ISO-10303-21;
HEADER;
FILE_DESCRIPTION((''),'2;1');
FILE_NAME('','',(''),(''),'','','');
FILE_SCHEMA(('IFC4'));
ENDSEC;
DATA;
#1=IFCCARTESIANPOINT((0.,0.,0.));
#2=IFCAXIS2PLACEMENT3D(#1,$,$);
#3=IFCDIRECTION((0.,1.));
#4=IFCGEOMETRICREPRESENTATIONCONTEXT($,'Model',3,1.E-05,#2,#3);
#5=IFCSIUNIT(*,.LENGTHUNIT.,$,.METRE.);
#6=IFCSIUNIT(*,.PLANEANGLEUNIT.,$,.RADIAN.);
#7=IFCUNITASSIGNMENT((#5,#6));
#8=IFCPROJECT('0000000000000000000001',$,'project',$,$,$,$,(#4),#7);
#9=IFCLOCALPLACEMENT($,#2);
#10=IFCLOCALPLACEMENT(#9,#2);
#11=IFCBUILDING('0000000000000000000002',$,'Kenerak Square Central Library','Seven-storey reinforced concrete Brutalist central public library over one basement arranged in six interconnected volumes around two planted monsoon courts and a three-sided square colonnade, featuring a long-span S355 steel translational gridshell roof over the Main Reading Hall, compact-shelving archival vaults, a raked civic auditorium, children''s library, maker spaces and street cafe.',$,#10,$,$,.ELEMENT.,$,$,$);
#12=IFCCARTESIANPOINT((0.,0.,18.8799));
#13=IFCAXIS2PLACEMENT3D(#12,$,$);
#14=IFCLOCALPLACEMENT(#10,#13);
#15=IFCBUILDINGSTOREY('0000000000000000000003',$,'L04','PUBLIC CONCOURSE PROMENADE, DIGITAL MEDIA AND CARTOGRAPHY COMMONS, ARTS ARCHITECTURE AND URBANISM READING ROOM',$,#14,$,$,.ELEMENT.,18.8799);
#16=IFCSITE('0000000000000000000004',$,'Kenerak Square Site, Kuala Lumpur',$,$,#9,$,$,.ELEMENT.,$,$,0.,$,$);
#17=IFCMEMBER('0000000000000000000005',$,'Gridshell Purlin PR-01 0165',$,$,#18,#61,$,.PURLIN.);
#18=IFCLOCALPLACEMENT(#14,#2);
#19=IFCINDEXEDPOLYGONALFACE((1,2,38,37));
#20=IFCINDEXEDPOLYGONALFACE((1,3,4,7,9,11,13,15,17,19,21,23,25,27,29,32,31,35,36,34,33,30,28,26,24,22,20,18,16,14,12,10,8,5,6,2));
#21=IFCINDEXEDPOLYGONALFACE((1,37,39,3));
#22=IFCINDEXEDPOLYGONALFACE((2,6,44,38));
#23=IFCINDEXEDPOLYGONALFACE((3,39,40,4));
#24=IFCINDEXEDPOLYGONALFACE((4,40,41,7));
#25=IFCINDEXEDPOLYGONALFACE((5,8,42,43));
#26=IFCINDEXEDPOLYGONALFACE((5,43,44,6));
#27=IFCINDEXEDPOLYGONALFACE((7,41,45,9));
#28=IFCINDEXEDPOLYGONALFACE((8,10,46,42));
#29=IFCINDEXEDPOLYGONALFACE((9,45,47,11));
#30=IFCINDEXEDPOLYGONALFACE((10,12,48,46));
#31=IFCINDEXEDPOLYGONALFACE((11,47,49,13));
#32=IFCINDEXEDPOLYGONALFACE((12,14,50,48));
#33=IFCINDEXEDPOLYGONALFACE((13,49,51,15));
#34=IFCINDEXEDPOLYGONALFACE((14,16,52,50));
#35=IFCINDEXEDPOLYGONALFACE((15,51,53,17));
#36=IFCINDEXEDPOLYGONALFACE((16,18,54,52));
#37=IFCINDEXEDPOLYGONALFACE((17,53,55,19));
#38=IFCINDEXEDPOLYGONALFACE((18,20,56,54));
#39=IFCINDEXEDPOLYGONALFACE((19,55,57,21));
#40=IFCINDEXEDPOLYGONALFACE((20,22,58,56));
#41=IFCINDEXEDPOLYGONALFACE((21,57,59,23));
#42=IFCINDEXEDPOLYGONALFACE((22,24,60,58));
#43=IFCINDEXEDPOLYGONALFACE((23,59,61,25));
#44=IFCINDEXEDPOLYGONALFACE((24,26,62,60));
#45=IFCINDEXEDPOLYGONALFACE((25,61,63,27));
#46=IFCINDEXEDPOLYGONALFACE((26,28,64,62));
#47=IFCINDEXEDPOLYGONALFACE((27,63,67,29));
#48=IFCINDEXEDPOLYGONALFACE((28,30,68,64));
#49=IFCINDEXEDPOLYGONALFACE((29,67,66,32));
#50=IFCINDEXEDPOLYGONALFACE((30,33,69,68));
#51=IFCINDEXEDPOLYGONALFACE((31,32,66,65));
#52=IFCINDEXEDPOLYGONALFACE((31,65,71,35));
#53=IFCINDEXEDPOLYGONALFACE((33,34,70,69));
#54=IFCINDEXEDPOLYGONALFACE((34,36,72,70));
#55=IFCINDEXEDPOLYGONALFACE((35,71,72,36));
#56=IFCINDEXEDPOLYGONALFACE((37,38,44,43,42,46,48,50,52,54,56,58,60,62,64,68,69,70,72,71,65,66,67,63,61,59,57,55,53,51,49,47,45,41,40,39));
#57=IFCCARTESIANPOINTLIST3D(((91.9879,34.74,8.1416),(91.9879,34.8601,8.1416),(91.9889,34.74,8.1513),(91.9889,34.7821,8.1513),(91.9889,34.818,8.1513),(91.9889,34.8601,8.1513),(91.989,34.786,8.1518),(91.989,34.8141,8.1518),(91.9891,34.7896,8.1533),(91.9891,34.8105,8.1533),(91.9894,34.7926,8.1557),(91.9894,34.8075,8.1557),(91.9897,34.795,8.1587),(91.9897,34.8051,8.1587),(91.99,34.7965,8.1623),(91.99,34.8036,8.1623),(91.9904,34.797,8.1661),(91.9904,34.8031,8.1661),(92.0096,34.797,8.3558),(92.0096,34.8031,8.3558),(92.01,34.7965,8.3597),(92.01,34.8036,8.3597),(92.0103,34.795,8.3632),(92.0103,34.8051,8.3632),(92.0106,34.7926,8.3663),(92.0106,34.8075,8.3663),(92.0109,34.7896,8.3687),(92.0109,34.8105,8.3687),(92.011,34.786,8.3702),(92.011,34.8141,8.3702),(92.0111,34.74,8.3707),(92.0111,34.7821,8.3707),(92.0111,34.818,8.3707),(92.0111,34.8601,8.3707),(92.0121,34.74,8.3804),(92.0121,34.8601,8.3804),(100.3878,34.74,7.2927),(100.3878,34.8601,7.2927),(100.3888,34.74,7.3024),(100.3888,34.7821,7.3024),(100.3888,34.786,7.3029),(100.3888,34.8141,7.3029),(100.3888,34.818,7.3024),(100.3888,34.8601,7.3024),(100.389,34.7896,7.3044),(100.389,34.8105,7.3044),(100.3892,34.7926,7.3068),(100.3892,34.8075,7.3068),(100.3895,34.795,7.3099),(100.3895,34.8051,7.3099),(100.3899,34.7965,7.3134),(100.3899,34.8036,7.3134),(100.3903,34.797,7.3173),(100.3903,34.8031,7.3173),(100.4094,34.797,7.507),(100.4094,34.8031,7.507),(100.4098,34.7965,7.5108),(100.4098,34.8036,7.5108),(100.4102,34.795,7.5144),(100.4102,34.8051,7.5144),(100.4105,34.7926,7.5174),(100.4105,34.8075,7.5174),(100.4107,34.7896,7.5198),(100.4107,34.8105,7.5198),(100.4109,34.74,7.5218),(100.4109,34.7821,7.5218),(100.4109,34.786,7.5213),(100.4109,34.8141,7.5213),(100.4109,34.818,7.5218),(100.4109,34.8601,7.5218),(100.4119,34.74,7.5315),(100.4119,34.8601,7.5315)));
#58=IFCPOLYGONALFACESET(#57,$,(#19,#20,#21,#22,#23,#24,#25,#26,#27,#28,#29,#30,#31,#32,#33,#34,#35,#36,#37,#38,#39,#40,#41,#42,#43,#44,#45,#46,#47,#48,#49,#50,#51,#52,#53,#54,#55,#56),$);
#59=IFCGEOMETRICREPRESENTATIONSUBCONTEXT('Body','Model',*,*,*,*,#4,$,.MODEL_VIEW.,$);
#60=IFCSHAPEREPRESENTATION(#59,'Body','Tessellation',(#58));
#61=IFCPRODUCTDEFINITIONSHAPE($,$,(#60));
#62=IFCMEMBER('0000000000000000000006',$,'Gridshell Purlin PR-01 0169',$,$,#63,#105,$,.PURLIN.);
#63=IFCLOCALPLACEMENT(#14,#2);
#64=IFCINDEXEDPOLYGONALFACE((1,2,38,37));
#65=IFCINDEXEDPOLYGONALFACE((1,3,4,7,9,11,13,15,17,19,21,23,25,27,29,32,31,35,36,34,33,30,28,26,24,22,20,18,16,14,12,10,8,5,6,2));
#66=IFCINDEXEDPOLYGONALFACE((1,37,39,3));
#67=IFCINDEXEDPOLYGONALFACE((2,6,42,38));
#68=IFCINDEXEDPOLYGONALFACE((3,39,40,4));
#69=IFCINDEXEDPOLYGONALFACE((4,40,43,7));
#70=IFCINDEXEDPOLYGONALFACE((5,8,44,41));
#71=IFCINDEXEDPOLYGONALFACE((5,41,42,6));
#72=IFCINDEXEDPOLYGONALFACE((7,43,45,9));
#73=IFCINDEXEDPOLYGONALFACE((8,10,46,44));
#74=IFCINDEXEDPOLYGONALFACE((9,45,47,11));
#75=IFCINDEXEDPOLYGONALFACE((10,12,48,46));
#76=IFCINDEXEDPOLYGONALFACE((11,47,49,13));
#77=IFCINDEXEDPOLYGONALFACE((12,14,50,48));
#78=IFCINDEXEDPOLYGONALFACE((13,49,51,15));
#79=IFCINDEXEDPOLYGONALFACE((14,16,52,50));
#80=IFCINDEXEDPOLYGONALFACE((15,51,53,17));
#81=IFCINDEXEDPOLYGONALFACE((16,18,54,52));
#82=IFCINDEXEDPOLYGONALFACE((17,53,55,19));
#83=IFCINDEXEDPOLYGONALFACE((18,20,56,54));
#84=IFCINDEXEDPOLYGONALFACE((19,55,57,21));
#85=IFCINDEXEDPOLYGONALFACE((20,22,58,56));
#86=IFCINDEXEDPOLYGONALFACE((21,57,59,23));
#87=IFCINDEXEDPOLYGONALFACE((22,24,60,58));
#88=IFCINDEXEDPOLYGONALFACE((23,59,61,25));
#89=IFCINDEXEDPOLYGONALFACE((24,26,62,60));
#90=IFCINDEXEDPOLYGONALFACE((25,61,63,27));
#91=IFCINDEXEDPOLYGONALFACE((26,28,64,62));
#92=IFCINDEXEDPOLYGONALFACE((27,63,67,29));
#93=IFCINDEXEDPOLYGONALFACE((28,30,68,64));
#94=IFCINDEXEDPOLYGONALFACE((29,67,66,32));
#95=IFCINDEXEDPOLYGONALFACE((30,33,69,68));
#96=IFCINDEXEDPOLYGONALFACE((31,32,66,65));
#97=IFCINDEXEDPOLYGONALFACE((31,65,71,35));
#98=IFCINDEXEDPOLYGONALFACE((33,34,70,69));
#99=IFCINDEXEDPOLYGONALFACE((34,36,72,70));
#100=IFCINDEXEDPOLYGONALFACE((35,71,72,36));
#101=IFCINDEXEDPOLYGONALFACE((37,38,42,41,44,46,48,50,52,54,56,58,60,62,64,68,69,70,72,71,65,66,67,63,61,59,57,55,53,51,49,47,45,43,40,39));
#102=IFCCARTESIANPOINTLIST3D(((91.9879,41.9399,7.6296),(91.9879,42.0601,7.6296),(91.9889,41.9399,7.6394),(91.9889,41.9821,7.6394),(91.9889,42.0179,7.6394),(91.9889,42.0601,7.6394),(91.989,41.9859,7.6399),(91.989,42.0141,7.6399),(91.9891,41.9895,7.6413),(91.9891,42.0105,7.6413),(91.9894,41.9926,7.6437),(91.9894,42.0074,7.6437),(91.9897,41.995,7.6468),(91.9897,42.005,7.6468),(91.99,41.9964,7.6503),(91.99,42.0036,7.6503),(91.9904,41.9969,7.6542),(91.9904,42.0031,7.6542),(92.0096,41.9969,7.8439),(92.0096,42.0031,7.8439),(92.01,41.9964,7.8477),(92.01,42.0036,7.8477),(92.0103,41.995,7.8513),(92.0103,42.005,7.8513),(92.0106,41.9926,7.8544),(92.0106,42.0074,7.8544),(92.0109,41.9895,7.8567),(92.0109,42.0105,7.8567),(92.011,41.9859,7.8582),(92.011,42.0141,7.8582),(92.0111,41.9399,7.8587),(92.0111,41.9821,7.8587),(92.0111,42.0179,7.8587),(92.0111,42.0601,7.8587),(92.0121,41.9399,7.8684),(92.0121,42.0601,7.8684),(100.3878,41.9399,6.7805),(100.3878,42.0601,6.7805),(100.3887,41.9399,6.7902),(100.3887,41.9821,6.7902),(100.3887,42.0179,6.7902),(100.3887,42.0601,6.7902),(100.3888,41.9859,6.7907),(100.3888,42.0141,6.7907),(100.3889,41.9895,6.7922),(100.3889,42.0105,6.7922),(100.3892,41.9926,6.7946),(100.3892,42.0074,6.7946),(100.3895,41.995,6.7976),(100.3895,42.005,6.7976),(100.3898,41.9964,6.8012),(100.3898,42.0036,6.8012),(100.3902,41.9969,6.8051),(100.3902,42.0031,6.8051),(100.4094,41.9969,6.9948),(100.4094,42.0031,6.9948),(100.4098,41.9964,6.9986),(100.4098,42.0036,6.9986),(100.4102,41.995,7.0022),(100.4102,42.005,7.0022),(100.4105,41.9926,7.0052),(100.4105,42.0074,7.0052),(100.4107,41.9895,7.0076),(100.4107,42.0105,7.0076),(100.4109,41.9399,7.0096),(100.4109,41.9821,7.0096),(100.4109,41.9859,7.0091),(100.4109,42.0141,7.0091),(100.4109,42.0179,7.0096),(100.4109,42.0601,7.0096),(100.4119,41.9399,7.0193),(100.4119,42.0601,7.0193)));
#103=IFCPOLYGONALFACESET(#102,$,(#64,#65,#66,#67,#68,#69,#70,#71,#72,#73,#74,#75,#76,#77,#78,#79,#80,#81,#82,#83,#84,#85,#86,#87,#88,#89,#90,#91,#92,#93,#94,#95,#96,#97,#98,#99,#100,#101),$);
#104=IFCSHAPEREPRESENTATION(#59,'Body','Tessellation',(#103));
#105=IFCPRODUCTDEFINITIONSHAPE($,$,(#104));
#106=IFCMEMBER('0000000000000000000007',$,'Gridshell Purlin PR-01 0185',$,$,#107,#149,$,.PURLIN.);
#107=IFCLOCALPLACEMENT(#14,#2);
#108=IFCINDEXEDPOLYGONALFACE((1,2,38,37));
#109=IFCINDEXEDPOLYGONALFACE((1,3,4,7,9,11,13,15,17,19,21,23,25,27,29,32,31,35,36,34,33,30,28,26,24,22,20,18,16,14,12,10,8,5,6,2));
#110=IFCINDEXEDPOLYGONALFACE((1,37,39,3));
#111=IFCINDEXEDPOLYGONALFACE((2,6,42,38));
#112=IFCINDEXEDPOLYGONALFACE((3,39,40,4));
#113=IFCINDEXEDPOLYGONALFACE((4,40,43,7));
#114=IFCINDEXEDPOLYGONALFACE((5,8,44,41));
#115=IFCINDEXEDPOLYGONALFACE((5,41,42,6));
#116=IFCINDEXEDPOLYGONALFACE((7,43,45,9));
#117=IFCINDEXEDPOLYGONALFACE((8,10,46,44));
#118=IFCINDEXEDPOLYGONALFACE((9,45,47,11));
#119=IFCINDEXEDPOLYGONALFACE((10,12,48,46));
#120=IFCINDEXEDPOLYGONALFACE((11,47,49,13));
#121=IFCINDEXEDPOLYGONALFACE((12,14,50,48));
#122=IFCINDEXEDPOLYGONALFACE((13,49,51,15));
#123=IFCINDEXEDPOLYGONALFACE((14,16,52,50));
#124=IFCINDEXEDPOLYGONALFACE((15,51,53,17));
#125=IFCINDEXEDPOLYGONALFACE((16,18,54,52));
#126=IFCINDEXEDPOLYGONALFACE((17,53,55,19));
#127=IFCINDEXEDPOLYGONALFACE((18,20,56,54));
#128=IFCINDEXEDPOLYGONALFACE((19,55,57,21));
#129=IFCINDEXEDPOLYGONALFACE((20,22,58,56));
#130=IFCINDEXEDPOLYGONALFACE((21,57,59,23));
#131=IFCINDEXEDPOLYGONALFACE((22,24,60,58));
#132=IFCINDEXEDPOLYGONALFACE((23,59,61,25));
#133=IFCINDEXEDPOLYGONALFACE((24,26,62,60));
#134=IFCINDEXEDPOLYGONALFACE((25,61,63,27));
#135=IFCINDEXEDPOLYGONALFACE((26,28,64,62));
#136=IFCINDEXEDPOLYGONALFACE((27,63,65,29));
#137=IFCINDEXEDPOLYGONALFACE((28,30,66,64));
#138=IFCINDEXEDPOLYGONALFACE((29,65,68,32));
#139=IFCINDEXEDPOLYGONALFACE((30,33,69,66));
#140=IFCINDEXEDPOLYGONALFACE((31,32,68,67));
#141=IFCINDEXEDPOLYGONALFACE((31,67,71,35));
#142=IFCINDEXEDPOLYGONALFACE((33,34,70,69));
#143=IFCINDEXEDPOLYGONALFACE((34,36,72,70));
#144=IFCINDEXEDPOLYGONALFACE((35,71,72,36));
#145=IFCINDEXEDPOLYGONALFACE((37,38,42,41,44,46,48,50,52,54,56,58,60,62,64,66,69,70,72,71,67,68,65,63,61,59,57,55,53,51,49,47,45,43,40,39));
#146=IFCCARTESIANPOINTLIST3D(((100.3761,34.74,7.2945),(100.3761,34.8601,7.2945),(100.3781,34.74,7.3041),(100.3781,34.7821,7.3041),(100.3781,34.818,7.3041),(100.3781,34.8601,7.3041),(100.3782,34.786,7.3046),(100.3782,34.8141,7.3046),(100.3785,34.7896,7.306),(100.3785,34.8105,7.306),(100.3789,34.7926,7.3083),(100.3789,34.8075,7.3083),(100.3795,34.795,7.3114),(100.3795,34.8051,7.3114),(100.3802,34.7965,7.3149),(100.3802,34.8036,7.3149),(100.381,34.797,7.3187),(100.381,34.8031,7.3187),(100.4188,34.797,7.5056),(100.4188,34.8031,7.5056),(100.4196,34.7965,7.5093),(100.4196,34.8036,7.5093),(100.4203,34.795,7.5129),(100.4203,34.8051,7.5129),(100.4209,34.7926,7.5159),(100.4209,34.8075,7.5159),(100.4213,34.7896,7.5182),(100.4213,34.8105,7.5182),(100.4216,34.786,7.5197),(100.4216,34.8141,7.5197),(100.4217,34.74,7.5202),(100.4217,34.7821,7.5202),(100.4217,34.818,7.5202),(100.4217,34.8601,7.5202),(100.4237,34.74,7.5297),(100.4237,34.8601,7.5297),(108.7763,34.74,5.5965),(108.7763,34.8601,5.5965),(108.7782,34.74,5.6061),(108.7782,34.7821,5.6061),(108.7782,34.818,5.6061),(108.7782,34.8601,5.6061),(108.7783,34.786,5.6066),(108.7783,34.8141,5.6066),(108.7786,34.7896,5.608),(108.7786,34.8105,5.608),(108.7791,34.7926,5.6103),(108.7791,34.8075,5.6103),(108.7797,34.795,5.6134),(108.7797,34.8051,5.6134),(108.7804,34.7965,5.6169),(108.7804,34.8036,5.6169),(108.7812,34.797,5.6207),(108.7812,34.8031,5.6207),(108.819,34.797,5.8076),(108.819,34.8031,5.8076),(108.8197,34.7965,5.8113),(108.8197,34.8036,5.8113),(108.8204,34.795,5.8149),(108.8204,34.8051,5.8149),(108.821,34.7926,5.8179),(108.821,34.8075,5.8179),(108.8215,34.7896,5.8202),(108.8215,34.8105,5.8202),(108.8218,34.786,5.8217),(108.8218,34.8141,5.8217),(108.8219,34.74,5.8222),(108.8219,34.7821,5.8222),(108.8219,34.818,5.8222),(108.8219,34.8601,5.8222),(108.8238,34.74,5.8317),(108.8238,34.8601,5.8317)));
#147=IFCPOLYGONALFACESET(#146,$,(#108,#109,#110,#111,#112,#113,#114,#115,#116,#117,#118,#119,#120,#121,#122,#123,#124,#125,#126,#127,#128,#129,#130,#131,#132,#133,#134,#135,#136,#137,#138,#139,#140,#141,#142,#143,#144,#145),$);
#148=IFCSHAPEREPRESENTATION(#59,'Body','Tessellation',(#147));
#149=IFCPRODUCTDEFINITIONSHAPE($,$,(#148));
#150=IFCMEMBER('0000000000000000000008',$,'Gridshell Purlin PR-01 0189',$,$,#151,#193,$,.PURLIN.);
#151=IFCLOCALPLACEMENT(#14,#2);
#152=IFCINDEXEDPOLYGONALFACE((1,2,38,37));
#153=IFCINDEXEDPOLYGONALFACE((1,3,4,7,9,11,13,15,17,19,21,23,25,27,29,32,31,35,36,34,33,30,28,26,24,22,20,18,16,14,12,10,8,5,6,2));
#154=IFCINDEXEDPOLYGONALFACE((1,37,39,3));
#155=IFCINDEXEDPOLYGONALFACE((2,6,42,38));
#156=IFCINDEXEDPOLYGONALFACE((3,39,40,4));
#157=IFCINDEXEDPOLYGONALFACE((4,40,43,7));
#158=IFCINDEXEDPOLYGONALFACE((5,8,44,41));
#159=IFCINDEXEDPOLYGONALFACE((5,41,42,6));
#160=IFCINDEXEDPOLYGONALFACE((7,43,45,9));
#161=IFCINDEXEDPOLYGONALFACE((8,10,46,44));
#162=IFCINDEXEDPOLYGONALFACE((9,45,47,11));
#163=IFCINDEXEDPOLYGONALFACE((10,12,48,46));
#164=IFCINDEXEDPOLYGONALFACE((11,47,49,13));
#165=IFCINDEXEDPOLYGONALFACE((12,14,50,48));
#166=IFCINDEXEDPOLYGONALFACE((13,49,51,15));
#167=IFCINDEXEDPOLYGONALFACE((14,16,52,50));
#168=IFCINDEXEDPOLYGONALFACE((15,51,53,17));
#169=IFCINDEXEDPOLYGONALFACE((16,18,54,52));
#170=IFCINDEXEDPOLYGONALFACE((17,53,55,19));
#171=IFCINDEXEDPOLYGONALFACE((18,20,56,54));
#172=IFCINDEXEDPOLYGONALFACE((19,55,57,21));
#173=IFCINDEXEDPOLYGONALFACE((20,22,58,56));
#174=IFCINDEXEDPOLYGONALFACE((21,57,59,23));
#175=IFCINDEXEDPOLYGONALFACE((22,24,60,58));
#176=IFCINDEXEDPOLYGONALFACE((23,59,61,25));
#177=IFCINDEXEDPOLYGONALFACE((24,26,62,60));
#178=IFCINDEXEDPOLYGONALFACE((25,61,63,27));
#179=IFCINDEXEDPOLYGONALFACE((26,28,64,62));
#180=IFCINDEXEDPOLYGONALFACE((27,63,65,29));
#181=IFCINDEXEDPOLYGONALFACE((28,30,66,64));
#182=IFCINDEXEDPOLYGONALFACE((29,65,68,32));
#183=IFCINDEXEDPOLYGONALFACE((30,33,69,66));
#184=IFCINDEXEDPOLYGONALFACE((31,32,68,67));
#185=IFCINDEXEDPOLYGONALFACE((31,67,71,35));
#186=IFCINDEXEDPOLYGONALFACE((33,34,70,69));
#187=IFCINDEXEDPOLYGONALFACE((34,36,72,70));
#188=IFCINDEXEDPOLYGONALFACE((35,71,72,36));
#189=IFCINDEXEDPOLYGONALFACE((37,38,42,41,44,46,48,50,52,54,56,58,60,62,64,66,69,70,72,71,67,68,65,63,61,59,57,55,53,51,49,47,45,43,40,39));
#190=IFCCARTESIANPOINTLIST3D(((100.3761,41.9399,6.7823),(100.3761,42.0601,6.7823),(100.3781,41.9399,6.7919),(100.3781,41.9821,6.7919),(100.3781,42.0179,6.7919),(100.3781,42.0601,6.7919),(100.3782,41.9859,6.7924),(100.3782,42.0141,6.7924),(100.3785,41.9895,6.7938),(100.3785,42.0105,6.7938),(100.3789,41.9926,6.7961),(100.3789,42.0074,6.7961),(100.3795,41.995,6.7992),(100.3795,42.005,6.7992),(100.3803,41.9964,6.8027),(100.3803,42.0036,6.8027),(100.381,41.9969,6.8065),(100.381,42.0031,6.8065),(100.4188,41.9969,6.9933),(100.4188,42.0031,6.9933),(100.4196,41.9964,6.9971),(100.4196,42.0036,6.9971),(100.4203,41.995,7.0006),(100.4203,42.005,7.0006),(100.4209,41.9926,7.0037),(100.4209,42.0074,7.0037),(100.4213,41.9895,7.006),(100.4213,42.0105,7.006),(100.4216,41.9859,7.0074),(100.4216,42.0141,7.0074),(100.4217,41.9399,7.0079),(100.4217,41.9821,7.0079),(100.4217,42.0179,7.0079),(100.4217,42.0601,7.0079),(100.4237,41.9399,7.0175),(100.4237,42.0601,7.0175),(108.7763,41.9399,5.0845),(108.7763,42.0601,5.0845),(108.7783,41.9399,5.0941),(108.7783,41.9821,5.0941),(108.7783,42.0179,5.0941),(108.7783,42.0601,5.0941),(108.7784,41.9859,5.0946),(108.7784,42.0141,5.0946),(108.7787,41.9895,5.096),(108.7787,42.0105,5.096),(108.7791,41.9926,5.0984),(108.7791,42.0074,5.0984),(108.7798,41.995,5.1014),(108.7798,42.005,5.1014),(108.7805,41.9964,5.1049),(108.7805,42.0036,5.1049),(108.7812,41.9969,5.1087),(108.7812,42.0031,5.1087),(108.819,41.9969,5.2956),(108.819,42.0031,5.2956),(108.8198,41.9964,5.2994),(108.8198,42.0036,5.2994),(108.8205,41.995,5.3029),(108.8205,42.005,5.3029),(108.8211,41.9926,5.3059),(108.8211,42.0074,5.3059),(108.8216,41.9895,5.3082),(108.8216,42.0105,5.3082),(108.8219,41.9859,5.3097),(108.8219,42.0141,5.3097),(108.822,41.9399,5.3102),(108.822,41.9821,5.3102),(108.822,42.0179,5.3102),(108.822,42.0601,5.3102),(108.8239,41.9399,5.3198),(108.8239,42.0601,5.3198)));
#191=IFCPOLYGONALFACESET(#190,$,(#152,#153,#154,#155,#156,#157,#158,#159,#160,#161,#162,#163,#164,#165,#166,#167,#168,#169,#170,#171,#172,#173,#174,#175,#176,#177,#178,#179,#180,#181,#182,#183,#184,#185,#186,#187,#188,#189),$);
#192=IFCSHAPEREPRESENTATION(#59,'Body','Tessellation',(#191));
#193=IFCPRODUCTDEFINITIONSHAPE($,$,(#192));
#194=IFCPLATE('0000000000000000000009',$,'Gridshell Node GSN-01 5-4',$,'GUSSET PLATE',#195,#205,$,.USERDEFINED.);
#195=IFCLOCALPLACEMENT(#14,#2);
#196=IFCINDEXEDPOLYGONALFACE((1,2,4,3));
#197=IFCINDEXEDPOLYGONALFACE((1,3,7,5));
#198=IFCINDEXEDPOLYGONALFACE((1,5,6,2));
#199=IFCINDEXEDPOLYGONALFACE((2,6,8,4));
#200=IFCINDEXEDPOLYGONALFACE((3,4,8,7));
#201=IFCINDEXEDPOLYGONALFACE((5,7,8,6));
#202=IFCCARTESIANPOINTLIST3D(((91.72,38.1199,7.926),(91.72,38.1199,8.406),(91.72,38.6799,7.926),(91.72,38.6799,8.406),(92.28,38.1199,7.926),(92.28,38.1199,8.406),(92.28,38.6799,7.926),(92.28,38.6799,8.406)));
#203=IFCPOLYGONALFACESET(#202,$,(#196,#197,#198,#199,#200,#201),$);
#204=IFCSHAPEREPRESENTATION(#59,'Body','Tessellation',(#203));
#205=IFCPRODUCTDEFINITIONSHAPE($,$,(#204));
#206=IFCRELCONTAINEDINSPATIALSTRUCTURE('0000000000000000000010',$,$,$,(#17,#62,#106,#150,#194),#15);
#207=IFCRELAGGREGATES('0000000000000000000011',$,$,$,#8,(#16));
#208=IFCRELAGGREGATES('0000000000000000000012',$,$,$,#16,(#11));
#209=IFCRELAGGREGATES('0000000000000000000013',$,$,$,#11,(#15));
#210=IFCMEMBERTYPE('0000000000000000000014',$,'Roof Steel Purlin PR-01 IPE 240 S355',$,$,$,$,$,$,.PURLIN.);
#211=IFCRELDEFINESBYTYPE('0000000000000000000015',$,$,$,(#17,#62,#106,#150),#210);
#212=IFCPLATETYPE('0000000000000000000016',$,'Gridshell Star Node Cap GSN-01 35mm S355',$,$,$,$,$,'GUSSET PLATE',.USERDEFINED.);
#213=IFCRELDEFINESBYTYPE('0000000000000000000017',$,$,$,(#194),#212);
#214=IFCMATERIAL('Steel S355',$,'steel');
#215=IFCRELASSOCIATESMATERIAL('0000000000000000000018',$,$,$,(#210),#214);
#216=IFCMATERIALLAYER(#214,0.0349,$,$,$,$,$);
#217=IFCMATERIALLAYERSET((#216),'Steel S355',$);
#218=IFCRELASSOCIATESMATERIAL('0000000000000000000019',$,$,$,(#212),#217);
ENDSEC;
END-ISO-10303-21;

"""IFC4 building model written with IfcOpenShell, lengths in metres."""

from ifc_helpers import new_model, si_unit, direction, frame, origin, origin_2d, place, context, subcontext, project, spatial, rectangle, i_section, extrude, material, layer, layer_set, material_profile, profile_set, type_object, element, save


model = new_model("IFC4")

# Units and contexts
model_context = context("Model", 3, precision=1e-05, world=origin(), true_north=direction((0.0, 1.0)))
body_context = subcontext(model_context, "Body", "Model", "MODEL_VIEW")
ifc_project = project(units=[si_unit("LENGTHUNIT", "METRE"), si_unit("PLANEANGLEUNIT", "RADIAN")], contexts=[model_context])

# Site, building, storey
site_placement = place(None, origin())
site = spatial("IfcSite", under=ifc_project, at=site_placement, Name="Kenerak Square Site, Kuala Lumpur", CompositionType="ELEMENT", RefElevation=0.0)
building_placement = place(site_placement, origin())
building = spatial("IfcBuilding", under=site, at=building_placement, Name="Kenerak Square Central Library", Description="Seven-storey reinforced concrete Brutalist central public library over one basement arranged in six interconnected volumes around two planted monsoon courts and a three-sided square colonnade, featuring a long-span S355 steel translational gridshell roof over the Main Reading Hall, compact-shelving archival vaults, a raked civic auditorium, children's library, maker spaces and street cafe.", CompositionType="ELEMENT")
storey_placement = place(building_placement, frame((0.0, 0.0, 18.8799)))
storey = spatial("IfcBuildingStorey", under=building, at=storey_placement, Name="L04", Description="PUBLIC CONCOURSE PROMENADE, DIGITAL MEDIA AND CARTOGRAPHY COMMONS, ARTS ARCHITECTURE AND URBANISM READING ROOM", CompositionType="ELEMENT", Elevation=18.8799)

# Members
ifc_material = material(Name="Steel S355", Category="steel")
ifc_material_profile_1 = material_profile(ifc_material, i_section(OverallWidth=0.1201, OverallDepth=0.24, WebThickness=0.0061, FlangeThickness=0.0098, FilletRadius=0.0149, at=origin_2d()), Name="IPE 240")
ifc_profile_set_1 = profile_set([ifc_material_profile_1], Name="Steel S355")
member_type_1 = type_object("IfcMemberType", Name="Roof Steel Purlin PR-01 IPE 240 S355", PredefinedType="PURLIN", material=ifc_profile_set_1)
for number, where, z_axis, x_axis, name in (
    (1, (92.0, 34.8, 8.261), (0.994932, 0.0, -0.100546), (0.0, 1.0, 0.0), "Gridshell Purlin PR-01 0165"),
    (2, (92.0, 42.0, 7.749), (0.99493, 0.0, -0.100574), (0.0, 1.0, 0.0), "Gridshell Purlin PR-01 0169"),
):
    element("IfcMember", number, at=place(storey_placement, frame(where, z_axis=z_axis, x_axis=x_axis)), inside=storey, type_object=member_type_1, Name=name, PredefinedType="PURLIN", context=body_context, shape_type="SweptSolid", body=[
        extrude(i_section(OverallWidth=0.1201, OverallDepth=0.24, WebThickness=0.0061, FlangeThickness=0.0098, FilletRadius=0.0149, at=origin_2d()), origin(), (0.0, 0.0, 1.0), 8.4426),
    ])
for number, where, z_axis, x_axis, name in (
    (3, (100.3999, 34.8, 7.4121), (0.980175, 0.0, -0.198132), (0.0, 1.0, 0.0), "Gridshell Purlin PR-01 0185"),
    (4, (100.3999, 42.0, 6.8999), (0.980181, 0.0, -0.198104), (0.0, 1.0, 0.0), "Gridshell Purlin PR-01 0189"),
):
    element("IfcMember", number, at=place(storey_placement, frame(where, z_axis=z_axis, x_axis=x_axis)), inside=storey, type_object=member_type_1, Name=name, PredefinedType="PURLIN", context=body_context, shape_type="SweptSolid", body=[
        extrude(i_section(OverallWidth=0.1201, OverallDepth=0.24, WebThickness=0.0061, FlangeThickness=0.0098, FilletRadius=0.0149, at=origin_2d()), origin(), (0.0, 0.0, 1.0), 8.5701),
    ])

# Plate
ifc_layer_1 = layer(ifc_material, 0.0349)
ifc_layer_set_1 = layer_set([ifc_layer_1], Name="Steel S355")
plate_type_1 = type_object("IfcPlateType", Name="Gridshell Star Node Cap GSN-01 35mm S355", ElementType="GUSSET PLATE", PredefinedType="USERDEFINED", material=ifc_layer_set_1)
for number, where, z_axis, x_axis, name in (
    (5, (92.0, 38.3999, 7.926), (0.0, 0.0, 1.0), (1.0, 0.0, 0.0), "Gridshell Node GSN-01 5-4"),
):
    element("IfcPlate", number, at=place(storey_placement, frame(where, z_axis=z_axis, x_axis=x_axis)), inside=storey, type_object=plate_type_1, Name=name, ObjectType="GUSSET PLATE", PredefinedType="USERDEFINED", context=body_context, shape_type="SweptSolid", body=[
        extrude(rectangle(XDim=0.5601, YDim=0.5601, at=origin_2d()), origin(), (0.0, 0.0, 1.0), 0.48),
    ])

save(model, "model.ifc")
